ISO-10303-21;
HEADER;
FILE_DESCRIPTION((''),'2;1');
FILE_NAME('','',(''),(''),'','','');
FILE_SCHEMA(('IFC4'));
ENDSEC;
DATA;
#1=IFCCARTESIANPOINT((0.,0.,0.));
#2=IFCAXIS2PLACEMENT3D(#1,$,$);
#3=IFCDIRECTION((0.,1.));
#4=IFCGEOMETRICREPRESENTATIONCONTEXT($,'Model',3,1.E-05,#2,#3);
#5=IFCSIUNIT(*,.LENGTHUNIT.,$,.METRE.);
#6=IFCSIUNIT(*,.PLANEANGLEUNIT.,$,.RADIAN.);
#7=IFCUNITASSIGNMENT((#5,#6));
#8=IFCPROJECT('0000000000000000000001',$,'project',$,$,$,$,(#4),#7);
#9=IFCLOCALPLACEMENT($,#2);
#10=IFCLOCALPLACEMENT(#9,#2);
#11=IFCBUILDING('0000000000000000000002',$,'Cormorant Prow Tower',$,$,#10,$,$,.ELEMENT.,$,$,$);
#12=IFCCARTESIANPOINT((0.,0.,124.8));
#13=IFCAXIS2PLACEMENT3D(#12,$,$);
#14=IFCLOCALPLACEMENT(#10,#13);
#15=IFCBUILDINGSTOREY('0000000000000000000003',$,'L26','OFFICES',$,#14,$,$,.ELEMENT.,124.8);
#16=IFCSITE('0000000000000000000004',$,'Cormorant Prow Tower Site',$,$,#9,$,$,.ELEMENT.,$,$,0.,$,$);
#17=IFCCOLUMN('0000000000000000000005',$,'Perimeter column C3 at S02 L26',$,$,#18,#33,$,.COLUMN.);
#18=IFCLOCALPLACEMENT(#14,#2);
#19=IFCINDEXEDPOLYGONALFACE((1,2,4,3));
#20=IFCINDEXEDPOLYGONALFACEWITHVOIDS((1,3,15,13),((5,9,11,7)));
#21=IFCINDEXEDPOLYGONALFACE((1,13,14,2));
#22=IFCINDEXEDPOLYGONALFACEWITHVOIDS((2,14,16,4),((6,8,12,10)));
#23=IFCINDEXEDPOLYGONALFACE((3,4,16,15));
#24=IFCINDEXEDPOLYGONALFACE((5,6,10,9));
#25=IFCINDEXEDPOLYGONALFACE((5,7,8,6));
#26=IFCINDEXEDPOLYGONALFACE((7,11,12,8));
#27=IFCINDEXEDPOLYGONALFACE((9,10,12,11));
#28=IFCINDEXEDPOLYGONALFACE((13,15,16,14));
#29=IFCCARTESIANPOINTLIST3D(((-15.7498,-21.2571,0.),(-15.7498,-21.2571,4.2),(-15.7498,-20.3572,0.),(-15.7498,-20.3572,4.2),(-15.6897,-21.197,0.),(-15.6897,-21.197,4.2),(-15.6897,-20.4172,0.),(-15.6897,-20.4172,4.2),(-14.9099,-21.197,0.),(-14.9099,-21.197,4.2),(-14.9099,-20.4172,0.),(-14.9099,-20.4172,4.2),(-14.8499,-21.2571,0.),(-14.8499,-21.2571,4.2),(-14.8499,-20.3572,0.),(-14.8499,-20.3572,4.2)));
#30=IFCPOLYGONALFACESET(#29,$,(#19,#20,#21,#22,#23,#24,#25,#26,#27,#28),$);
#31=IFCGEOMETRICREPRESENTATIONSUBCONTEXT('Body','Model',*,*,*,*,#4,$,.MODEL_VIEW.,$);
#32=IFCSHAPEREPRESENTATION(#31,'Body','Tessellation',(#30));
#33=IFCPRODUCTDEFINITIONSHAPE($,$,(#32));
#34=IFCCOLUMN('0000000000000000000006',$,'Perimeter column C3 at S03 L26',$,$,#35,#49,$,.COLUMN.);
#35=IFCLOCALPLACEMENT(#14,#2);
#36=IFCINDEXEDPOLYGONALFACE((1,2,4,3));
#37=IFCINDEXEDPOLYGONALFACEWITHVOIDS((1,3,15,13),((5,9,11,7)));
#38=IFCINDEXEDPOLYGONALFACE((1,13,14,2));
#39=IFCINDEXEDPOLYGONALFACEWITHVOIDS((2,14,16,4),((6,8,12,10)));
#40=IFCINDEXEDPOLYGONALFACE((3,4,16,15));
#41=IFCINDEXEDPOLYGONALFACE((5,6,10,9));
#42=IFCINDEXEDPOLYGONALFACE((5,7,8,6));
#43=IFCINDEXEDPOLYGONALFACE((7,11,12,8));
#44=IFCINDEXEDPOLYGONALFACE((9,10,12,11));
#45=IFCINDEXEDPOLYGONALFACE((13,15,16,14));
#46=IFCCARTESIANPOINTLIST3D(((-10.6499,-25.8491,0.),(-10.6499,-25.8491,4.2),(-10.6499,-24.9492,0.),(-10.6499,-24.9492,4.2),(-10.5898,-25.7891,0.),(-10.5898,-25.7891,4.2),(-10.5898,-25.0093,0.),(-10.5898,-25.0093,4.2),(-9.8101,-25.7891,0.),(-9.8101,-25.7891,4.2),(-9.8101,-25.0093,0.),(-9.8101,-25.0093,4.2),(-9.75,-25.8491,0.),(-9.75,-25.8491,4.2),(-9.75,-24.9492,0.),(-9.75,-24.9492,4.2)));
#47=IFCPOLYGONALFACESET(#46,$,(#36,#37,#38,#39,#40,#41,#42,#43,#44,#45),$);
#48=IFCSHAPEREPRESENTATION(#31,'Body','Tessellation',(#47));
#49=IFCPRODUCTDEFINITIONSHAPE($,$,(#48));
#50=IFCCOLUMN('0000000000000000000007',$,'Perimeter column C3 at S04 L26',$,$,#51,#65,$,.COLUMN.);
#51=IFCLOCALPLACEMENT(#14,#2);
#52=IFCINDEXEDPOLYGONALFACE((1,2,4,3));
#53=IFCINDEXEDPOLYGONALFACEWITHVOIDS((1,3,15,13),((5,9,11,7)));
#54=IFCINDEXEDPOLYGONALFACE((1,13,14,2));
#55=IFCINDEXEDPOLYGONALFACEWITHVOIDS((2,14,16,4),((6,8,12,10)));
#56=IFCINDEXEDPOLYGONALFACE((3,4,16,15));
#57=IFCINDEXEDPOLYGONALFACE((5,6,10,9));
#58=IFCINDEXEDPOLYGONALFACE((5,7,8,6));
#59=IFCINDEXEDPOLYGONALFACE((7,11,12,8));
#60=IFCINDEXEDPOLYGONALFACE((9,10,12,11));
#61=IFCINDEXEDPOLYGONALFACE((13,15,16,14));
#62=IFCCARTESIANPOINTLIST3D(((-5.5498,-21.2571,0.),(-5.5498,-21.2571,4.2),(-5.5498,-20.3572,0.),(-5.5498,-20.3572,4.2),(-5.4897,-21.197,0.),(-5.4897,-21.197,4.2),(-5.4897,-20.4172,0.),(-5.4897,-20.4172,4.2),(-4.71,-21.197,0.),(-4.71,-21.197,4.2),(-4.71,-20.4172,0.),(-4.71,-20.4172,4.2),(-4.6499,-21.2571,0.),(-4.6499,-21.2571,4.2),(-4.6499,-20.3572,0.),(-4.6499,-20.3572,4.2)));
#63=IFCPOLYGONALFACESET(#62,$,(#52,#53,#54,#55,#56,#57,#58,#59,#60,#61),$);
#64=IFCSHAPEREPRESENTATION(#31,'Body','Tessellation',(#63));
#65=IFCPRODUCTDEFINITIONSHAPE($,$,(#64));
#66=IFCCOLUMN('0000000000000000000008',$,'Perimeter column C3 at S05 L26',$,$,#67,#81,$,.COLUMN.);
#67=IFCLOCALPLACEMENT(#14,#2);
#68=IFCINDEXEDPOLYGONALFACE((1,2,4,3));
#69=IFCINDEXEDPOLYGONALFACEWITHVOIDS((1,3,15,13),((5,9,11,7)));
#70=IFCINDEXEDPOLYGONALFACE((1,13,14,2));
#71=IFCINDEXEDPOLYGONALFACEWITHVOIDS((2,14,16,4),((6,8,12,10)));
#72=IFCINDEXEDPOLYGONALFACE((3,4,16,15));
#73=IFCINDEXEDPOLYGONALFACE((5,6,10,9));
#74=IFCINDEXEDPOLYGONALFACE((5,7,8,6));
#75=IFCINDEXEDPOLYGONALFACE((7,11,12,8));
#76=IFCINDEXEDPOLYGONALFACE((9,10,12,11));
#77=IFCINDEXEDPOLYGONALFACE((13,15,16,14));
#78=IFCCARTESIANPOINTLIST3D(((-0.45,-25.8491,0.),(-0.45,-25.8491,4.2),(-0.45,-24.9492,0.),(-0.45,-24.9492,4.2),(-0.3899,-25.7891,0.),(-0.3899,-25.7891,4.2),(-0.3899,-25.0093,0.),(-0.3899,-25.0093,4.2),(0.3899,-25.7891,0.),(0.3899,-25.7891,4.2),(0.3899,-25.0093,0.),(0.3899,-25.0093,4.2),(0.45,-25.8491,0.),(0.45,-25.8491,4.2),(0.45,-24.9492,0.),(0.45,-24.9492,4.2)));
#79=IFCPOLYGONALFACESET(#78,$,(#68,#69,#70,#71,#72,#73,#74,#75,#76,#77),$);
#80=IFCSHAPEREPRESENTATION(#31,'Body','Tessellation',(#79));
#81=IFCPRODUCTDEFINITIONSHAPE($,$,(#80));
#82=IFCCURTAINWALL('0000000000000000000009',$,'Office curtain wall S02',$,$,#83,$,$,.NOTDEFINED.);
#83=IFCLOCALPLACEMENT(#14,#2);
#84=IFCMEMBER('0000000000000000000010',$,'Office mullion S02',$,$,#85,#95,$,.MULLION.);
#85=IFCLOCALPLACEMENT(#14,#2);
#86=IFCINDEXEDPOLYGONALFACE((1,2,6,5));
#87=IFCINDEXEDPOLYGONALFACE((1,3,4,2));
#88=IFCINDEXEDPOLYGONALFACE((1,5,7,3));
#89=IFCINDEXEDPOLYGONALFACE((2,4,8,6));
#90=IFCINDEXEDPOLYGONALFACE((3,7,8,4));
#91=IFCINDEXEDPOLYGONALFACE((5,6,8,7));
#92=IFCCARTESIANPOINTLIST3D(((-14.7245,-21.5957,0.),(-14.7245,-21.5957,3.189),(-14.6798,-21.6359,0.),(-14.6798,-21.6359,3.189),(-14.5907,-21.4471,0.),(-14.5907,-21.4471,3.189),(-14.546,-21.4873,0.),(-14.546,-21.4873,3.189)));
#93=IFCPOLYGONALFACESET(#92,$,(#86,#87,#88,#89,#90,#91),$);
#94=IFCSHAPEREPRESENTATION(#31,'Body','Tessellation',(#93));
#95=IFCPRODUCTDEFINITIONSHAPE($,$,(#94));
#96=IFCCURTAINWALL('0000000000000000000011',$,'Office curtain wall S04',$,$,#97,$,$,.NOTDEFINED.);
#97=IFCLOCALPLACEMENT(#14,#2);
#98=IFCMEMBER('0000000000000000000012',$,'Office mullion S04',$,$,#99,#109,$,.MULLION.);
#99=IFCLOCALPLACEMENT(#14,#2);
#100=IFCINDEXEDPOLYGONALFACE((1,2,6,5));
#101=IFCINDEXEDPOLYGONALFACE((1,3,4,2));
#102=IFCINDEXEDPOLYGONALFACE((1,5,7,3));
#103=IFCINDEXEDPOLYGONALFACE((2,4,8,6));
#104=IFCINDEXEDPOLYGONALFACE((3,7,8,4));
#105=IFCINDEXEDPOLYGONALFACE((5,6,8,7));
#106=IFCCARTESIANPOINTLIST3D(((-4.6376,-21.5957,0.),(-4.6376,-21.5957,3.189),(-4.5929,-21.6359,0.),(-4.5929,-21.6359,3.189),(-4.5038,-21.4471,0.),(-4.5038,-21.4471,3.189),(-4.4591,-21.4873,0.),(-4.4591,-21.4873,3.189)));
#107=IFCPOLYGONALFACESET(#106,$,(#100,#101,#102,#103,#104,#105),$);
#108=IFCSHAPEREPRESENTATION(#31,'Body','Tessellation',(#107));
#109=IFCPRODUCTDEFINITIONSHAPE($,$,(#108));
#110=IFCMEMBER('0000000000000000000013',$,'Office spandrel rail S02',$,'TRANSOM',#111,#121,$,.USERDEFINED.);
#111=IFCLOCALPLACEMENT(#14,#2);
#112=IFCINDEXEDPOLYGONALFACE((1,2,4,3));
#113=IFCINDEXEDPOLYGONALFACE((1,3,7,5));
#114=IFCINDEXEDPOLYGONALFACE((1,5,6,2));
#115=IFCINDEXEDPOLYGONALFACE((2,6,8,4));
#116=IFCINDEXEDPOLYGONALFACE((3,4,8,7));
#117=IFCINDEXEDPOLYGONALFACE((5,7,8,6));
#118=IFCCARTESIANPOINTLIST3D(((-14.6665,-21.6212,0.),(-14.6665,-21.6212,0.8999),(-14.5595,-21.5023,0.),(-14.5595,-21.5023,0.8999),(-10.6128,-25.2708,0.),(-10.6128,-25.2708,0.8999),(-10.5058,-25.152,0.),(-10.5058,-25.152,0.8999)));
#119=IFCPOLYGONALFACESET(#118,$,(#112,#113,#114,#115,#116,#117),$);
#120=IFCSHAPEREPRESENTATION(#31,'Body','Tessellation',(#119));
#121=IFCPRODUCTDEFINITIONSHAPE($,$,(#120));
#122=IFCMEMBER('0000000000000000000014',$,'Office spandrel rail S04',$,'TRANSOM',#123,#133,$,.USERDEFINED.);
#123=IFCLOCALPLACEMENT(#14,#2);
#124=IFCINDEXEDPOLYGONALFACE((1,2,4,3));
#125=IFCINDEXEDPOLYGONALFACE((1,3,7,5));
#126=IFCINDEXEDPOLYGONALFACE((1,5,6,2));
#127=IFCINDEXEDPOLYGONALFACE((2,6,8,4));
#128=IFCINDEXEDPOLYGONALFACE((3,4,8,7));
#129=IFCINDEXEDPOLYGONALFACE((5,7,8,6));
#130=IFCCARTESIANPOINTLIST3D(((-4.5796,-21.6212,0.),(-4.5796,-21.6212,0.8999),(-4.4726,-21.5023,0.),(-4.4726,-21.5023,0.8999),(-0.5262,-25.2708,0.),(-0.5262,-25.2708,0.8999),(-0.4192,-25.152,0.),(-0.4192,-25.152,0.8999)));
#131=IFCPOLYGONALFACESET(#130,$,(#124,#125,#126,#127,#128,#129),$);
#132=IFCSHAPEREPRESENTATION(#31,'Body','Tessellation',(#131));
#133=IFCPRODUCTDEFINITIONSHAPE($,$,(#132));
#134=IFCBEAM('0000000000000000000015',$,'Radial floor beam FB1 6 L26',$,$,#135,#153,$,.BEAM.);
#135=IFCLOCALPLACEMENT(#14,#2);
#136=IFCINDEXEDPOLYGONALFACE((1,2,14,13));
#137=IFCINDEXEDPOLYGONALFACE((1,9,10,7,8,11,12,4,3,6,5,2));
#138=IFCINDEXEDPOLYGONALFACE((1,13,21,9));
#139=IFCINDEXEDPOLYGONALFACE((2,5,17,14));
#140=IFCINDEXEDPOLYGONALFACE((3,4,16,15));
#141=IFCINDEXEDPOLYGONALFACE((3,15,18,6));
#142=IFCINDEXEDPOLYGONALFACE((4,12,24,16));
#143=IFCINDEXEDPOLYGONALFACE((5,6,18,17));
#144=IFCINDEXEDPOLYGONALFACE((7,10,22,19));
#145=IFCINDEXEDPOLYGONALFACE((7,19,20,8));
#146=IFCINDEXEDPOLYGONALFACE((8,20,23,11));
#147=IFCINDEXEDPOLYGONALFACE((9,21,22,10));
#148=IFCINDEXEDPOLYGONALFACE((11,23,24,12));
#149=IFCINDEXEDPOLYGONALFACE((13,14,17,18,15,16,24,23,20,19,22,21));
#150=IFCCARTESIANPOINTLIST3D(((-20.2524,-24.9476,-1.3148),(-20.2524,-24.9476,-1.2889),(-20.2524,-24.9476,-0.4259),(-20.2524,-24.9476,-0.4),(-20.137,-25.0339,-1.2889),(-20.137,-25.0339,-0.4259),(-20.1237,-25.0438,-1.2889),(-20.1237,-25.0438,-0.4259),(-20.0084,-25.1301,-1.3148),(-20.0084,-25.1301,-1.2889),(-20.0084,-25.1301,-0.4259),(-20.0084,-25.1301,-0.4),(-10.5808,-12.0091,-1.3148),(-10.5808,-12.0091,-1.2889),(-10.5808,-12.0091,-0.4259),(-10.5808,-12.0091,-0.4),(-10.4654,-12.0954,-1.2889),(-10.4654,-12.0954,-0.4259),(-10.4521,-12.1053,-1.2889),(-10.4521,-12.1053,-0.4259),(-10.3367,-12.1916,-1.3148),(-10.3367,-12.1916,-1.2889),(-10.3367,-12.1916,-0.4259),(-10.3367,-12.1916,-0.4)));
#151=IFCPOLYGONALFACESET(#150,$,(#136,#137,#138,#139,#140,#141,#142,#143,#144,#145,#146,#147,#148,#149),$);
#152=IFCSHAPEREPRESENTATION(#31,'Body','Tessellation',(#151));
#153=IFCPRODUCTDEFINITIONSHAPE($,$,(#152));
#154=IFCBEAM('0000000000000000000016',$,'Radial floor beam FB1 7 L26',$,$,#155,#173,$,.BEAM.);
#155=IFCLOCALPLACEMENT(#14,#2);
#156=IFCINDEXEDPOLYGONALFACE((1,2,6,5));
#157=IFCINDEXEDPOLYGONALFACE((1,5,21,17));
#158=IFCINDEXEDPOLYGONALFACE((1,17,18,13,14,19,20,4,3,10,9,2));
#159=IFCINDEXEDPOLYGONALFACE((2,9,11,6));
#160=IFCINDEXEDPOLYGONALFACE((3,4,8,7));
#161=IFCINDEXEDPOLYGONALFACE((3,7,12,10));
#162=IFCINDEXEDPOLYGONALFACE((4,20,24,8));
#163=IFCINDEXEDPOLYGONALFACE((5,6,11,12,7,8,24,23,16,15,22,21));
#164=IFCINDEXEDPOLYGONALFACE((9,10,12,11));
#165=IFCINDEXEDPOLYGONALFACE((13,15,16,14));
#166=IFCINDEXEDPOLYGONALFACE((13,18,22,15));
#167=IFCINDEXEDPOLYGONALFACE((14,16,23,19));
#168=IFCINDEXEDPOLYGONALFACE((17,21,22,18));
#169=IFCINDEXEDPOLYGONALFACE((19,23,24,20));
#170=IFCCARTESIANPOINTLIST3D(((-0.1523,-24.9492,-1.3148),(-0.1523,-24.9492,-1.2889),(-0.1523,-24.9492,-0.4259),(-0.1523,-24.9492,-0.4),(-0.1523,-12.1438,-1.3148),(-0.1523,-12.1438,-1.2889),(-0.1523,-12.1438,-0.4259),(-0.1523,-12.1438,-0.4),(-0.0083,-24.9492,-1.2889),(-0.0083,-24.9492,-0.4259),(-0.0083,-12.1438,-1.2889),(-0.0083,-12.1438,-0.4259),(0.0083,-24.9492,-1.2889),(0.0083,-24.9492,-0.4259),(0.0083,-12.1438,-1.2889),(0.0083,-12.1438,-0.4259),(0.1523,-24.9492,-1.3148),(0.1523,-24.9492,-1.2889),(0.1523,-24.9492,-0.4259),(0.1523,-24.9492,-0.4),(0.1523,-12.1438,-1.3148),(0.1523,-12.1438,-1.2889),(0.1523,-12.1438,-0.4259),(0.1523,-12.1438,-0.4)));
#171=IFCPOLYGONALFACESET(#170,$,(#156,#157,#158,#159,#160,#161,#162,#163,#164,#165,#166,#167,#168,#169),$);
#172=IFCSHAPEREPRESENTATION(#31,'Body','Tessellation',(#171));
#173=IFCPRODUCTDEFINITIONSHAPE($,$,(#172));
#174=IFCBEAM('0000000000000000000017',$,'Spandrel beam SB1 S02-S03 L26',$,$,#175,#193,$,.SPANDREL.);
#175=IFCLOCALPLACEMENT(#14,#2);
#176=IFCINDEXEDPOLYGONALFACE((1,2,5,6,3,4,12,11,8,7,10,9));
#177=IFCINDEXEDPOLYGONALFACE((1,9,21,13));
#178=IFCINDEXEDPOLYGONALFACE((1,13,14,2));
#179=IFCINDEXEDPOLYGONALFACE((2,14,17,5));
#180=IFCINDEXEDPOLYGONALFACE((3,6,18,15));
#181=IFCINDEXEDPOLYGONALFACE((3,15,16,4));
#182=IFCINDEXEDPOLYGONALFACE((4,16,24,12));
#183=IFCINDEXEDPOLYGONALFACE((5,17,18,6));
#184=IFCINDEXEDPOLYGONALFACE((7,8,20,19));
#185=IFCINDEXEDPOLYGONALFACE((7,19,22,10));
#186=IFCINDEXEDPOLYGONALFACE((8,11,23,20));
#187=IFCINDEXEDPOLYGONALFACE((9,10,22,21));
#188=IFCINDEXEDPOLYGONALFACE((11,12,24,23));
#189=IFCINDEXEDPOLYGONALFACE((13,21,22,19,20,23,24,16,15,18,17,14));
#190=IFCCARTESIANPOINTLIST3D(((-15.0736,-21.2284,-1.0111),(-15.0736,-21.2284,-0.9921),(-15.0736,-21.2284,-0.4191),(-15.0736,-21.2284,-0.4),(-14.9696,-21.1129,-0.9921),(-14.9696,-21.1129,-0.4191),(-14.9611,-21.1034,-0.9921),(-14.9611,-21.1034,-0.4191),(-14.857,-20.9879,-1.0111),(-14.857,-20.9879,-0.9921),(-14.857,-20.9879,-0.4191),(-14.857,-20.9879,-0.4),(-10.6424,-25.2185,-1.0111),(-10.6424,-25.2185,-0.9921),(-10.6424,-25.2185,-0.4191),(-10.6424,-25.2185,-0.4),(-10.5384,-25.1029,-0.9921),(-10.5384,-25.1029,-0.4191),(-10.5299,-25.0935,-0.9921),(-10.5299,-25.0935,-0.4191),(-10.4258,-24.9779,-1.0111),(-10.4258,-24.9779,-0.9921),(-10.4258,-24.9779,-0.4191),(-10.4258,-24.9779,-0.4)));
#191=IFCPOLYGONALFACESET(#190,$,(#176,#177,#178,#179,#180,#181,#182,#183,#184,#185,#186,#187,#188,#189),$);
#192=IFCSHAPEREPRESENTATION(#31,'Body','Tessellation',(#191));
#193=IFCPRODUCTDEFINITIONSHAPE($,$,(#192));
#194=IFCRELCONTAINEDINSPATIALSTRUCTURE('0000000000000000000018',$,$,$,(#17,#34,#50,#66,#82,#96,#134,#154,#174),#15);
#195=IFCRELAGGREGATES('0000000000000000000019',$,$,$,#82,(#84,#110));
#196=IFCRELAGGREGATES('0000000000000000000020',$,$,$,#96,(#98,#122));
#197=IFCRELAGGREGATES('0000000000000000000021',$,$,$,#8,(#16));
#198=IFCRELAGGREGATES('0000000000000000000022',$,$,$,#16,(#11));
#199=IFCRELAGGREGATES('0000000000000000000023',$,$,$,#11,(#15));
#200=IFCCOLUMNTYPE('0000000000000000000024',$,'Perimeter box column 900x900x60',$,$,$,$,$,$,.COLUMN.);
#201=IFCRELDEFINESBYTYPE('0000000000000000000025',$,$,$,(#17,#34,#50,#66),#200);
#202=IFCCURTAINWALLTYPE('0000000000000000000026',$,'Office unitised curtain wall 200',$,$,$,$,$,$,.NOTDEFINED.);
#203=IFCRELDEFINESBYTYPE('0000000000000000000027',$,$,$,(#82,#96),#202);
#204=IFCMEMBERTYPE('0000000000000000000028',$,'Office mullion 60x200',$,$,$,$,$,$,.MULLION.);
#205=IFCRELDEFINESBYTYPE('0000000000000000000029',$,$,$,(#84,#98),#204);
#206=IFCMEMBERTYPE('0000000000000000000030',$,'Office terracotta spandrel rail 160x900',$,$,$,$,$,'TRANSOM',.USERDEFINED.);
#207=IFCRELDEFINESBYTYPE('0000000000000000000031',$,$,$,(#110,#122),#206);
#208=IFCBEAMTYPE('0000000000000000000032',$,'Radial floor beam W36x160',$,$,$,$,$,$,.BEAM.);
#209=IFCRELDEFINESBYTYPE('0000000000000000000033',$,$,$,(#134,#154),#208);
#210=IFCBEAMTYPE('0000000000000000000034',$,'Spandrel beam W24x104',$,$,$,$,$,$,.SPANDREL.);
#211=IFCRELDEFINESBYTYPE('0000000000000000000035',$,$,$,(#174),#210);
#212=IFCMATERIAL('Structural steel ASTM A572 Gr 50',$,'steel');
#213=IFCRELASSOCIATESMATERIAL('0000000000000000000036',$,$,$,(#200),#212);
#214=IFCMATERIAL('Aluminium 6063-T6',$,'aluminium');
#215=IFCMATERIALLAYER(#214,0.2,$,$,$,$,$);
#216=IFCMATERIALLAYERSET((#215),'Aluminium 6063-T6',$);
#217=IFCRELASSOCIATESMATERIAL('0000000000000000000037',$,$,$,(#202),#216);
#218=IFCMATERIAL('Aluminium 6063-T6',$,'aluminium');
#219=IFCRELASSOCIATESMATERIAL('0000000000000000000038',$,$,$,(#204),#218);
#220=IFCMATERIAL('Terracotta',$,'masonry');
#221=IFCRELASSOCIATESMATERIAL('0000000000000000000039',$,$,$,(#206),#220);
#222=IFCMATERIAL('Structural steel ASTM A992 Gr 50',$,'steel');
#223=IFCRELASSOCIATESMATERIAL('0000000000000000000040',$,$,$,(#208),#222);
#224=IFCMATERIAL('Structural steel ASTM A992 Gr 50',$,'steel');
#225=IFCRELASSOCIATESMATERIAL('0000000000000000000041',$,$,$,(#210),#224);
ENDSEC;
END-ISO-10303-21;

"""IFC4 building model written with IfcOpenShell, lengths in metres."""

from ifc_helpers import new_model, si_unit, direction, frame, origin, origin_2d, place, context, subcontext, project, spatial, rectangle, hollow_rectangle, i_section, extrude, material, layer, layer_set, material_profile, profile_set, type_object, element, aggregate, save


model = new_model("IFC4")

# Units and contexts
model_context = context("Model", 3, precision=1e-05, world=origin(), true_north=direction((0.0, 1.0)))
body_context = subcontext(model_context, "Body", "Model", "MODEL_VIEW")
ifc_project = project(units=[si_unit("LENGTHUNIT", "METRE"), si_unit("PLANEANGLEUNIT", "RADIAN")], contexts=[model_context])

# Site, building, storey
site_placement = place(None, origin())
site = spatial("IfcSite", under=ifc_project, at=site_placement, Name="Cormorant Prow Tower Site", CompositionType="ELEMENT", RefElevation=0.0)
building_placement = place(site_placement, origin())
building = spatial("IfcBuilding", under=site, at=building_placement, Name="Cormorant Prow Tower", CompositionType="ELEMENT")
storey_placement = place(building_placement, frame((0.0, 0.0, 124.8)))
storey = spatial("IfcBuildingStorey", under=building, at=storey_placement, Name="L26", Description="OFFICES", CompositionType="ELEMENT", Elevation=124.8)

# Columns
ifc_material_1 = material(Name="Structural steel ASTM A572 Gr 50", Category="steel")
ifc_material_profile_1 = material_profile(ifc_material_1, hollow_rectangle(XDim=0.8999, YDim=0.8999, WallThickness=0.0601, at=origin_2d()), Name="Box 900x900x60")
ifc_profile_set_1 = profile_set([ifc_material_profile_1], Name="Structural steel ASTM A572 Gr 50")
column_type = type_object("IfcColumnType", Name="Perimeter box column 900x900x60", PredefinedType="COLUMN", material=ifc_profile_set_1)
for number, where, z_axis, x_axis, name in (
    (1, (-15.2998, -20.8071, 0.0), (0.0, 0.0, 1.0), (1.0, 0.0, 0.0), "Perimeter column C3 at S02 L26"),
    (2, (-10.2, -25.3992, 0.0), (0.0, 0.0, 1.0), (1.0, 0.0, 0.0), "Perimeter column C3 at S03 L26"),
    (3, (-5.0999, -20.8071, 0.0), (0.0, 0.0, 1.0), (1.0, 0.0, 0.0), "Perimeter column C3 at S04 L26"),
    (4, (0.0, -25.3992, 0.0), (0.0, 0.0, 1.0), (1.0, 0.0, 0.0), "Perimeter column C3 at S05 L26"),
):
    element("IfcColumn", number, at=place(storey_placement, frame(where, z_axis=z_axis, x_axis=x_axis)), inside=storey, type_object=column_type, Name=name, PredefinedType="COLUMN", context=body_context, shape_type="SweptSolid", body=[
        extrude(hollow_rectangle(XDim=0.8999, YDim=0.8999, WallThickness=0.0601, at=origin_2d()), origin(), (0.0, 0.0, 1.0), 4.2),
    ])

# Curtain walls, members
ifc_material_2 = material(Name="Aluminium 6063-T6", Category="aluminium")
ifc_layer_1 = layer(ifc_material_2, 0.2)
ifc_layer_set_1 = layer_set([ifc_layer_1], Name="Aluminium 6063-T6")
curtain_wall_type = type_object("IfcCurtainWallType", Name="Office unitised curtain wall 200", PredefinedType="NOTDEFINED", material=ifc_layer_set_1)
curtain_wall_1_placement = place(storey_placement, origin())
curtain_wall_1 = element("IfcCurtainWall", 5, at=curtain_wall_1_placement, inside=storey, type_object=curtain_wall_type, Name="Office curtain wall S02", PredefinedType="NOTDEFINED")
ifc_material_3 = material(Name="Aluminium 6063-T6", Category="aluminium")
ifc_material_profile_2 = material_profile(ifc_material_3, rectangle(XDim=0.2, YDim=0.0601, at=origin_2d()), Name="Office mullion 60x200")
ifc_profile_set_2 = profile_set([ifc_material_profile_2], Name="Aluminium 6063-T6")
member_type_1 = type_object("IfcMemberType", Name="Office mullion 60x200", PredefinedType="MULLION", material=ifc_profile_set_2)
member_1_placement = place(storey_placement, frame((-14.6353, -21.5415, 0.0), z_axis=(0.0, 0.0, 1.0), x_axis=(0.669131, 0.743145, 0.0)))
member_1 = element("IfcMember", 6, at=member_1_placement, type_object=member_type_1, Name="Office mullion S02", PredefinedType="MULLION", context=body_context, shape_type="SweptSolid", body=[
    extrude(rectangle(XDim=0.2, YDim=0.0601, at=origin_2d()), origin(), (0.0, 0.0, 1.0), 3.189),
])
curtain_wall_2_placement = place(storey_placement, origin())
curtain_wall_2 = element("IfcCurtainWall", 7, at=curtain_wall_2_placement, inside=storey, type_object=curtain_wall_type, Name="Office curtain wall S04", PredefinedType="NOTDEFINED")
member_2_placement = place(storey_placement, frame((-4.5483, -21.5415, 0.0), z_axis=(0.0, 0.0, 1.0), x_axis=(0.669131, 0.743145, 0.0)))
member_2 = element("IfcMember", 8, at=member_2_placement, type_object=member_type_1, Name="Office mullion S04", PredefinedType="MULLION", context=body_context, shape_type="SweptSolid", body=[
    extrude(rectangle(XDim=0.2, YDim=0.0601, at=origin_2d()), origin(), (0.0, 0.0, 1.0), 3.189),
])

# Members
ifc_material_4 = material(Name="Terracotta", Category="masonry")
ifc_material_profile_3 = material_profile(ifc_material_4, rectangle(XDim=0.1599, YDim=0.8999, at=origin_2d()), Name="Office terracotta spandrel rail 160x900")
ifc_profile_set_3 = profile_set([ifc_material_profile_3], Name="Terracotta")
member_type_2 = type_object("IfcMemberType", Name="Office terracotta spandrel rail 160x900", ElementType="TRANSOM", PredefinedType="USERDEFINED", material=ifc_profile_set_3)
member_3_placement = place(storey_placement, frame((-14.613, -21.5618, 0.45), z_axis=(0.743174, -0.669098, 0.0), x_axis=(0.669098, 0.743174, 0.0)))
member_3 = element("IfcMember", 9, at=member_3_placement, type_object=member_type_2, Name="Office spandrel rail S02", ObjectType="TRANSOM", PredefinedType="USERDEFINED", context=body_context, shape_type="SweptSolid", body=[
    extrude(rectangle(XDim=0.1599, YDim=0.8999, at=origin_2d()), origin(), (0.0, 0.0, 1.0), 5.4546),
])
member_4_placement = place(storey_placement, frame((-4.5261, -21.5618, 0.45), z_axis=(0.743154, -0.669121, 0.0), x_axis=(0.669121, 0.743154, 0.0)))
member_4 = element("IfcMember", 10, at=member_4_placement, type_object=member_type_2, Name="Office spandrel rail S04", ObjectType="TRANSOM", PredefinedType="USERDEFINED", context=body_context, shape_type="SweptSolid", body=[
    extrude(rectangle(XDim=0.1599, YDim=0.8999, at=origin_2d()), origin(), (0.0, 0.0, 1.0), 5.4543),
])

# Beams
ifc_material_5 = material(Name="Structural steel ASTM A992 Gr 50", Category="steel")
ifc_material_profile_4 = material_profile(ifc_material_5, i_section(OverallWidth=0.3047, OverallDepth=0.9148, WebThickness=0.0166, FlangeThickness=0.0259, at=origin_2d()), Name="W36x160")
ifc_profile_set_4 = profile_set([ifc_material_profile_4], Name="Structural steel ASTM A992 Gr 50")
beam_type_1 = type_object("IfcBeamType", Name="Radial floor beam W36x160", PredefinedType="BEAM", material=ifc_profile_set_4)
beam_1_placement = place(storey_placement, frame((-10.4587, -12.1003, -0.8574), z_axis=(-0.598722, -0.800957, 0.0), x_axis=(0.800957, -0.598722, 0.0)))
element("IfcBeam", 11, at=beam_1_placement, inside=storey, type_object=beam_type_1, Name="Radial floor beam FB1 6 L26", PredefinedType="BEAM", context=body_context, shape_type="SweptSolid", body=[
    extrude(i_section(OverallWidth=0.3047, OverallDepth=0.9148, WebThickness=0.0166, FlangeThickness=0.0259, at=origin_2d()), origin(), (0.0, 0.0, 1.0), 16.1538),
])
beam_2_placement = place(storey_placement, frame((0.0, -12.1438, -0.8574), z_axis=(0.0, -1.0, 0.0), x_axis=(1.0, 0.0, 0.0)))
element("IfcBeam", 12, at=beam_2_placement, inside=storey, type_object=beam_type_1, Name="Radial floor beam FB1 7 L26", PredefinedType="BEAM", context=body_context, shape_type="SweptSolid", body=[
    extrude(i_section(OverallWidth=0.3047, OverallDepth=0.9148, WebThickness=0.0166, FlangeThickness=0.0259, at=origin_2d()), origin(), (0.0, 0.0, 1.0), 12.8054),
])
ifc_material_6 = material(Name="Structural steel ASTM A992 Gr 50", Category="steel")
ifc_material_profile_5 = material_profile(ifc_material_6, i_section(OverallWidth=0.3237, OverallDepth=0.6111, WebThickness=0.0127, FlangeThickness=0.019, at=origin_2d()), Name="W24x104")
ifc_profile_set_5 = profile_set([ifc_material_profile_5], Name="Structural steel ASTM A992 Gr 50")
beam_type_2 = type_object("IfcBeamType", Name="Spandrel beam W24x104", PredefinedType="SPANDREL", material=ifc_profile_set_5)
for number, where, z_axis, x_axis, name in (
    (13, (-14.9653, -21.1082, -0.7056), (0.743131, -0.669146, 0.0), (0.669146, 0.743131, 0.0), "Spandrel beam SB1 S02-S03 L26"),
):
    element("IfcBeam", number, at=place(storey_placement, frame(where, z_axis=z_axis, x_axis=x_axis)), inside=storey, type_object=beam_type_2, Name=name, PredefinedType="SPANDREL", context=body_context, shape_type="SweptSolid", body=[
        extrude(i_section(OverallWidth=0.3237, OverallDepth=0.6111, WebThickness=0.0127, FlangeThickness=0.019, at=origin_2d()), origin(), (0.0, 0.0, 1.0), 5.9629),
    ])

aggregate(curtain_wall_1, [member_1, member_3])
aggregate(curtain_wall_2, [member_2, member_4])

save(model, "model.ifc")
